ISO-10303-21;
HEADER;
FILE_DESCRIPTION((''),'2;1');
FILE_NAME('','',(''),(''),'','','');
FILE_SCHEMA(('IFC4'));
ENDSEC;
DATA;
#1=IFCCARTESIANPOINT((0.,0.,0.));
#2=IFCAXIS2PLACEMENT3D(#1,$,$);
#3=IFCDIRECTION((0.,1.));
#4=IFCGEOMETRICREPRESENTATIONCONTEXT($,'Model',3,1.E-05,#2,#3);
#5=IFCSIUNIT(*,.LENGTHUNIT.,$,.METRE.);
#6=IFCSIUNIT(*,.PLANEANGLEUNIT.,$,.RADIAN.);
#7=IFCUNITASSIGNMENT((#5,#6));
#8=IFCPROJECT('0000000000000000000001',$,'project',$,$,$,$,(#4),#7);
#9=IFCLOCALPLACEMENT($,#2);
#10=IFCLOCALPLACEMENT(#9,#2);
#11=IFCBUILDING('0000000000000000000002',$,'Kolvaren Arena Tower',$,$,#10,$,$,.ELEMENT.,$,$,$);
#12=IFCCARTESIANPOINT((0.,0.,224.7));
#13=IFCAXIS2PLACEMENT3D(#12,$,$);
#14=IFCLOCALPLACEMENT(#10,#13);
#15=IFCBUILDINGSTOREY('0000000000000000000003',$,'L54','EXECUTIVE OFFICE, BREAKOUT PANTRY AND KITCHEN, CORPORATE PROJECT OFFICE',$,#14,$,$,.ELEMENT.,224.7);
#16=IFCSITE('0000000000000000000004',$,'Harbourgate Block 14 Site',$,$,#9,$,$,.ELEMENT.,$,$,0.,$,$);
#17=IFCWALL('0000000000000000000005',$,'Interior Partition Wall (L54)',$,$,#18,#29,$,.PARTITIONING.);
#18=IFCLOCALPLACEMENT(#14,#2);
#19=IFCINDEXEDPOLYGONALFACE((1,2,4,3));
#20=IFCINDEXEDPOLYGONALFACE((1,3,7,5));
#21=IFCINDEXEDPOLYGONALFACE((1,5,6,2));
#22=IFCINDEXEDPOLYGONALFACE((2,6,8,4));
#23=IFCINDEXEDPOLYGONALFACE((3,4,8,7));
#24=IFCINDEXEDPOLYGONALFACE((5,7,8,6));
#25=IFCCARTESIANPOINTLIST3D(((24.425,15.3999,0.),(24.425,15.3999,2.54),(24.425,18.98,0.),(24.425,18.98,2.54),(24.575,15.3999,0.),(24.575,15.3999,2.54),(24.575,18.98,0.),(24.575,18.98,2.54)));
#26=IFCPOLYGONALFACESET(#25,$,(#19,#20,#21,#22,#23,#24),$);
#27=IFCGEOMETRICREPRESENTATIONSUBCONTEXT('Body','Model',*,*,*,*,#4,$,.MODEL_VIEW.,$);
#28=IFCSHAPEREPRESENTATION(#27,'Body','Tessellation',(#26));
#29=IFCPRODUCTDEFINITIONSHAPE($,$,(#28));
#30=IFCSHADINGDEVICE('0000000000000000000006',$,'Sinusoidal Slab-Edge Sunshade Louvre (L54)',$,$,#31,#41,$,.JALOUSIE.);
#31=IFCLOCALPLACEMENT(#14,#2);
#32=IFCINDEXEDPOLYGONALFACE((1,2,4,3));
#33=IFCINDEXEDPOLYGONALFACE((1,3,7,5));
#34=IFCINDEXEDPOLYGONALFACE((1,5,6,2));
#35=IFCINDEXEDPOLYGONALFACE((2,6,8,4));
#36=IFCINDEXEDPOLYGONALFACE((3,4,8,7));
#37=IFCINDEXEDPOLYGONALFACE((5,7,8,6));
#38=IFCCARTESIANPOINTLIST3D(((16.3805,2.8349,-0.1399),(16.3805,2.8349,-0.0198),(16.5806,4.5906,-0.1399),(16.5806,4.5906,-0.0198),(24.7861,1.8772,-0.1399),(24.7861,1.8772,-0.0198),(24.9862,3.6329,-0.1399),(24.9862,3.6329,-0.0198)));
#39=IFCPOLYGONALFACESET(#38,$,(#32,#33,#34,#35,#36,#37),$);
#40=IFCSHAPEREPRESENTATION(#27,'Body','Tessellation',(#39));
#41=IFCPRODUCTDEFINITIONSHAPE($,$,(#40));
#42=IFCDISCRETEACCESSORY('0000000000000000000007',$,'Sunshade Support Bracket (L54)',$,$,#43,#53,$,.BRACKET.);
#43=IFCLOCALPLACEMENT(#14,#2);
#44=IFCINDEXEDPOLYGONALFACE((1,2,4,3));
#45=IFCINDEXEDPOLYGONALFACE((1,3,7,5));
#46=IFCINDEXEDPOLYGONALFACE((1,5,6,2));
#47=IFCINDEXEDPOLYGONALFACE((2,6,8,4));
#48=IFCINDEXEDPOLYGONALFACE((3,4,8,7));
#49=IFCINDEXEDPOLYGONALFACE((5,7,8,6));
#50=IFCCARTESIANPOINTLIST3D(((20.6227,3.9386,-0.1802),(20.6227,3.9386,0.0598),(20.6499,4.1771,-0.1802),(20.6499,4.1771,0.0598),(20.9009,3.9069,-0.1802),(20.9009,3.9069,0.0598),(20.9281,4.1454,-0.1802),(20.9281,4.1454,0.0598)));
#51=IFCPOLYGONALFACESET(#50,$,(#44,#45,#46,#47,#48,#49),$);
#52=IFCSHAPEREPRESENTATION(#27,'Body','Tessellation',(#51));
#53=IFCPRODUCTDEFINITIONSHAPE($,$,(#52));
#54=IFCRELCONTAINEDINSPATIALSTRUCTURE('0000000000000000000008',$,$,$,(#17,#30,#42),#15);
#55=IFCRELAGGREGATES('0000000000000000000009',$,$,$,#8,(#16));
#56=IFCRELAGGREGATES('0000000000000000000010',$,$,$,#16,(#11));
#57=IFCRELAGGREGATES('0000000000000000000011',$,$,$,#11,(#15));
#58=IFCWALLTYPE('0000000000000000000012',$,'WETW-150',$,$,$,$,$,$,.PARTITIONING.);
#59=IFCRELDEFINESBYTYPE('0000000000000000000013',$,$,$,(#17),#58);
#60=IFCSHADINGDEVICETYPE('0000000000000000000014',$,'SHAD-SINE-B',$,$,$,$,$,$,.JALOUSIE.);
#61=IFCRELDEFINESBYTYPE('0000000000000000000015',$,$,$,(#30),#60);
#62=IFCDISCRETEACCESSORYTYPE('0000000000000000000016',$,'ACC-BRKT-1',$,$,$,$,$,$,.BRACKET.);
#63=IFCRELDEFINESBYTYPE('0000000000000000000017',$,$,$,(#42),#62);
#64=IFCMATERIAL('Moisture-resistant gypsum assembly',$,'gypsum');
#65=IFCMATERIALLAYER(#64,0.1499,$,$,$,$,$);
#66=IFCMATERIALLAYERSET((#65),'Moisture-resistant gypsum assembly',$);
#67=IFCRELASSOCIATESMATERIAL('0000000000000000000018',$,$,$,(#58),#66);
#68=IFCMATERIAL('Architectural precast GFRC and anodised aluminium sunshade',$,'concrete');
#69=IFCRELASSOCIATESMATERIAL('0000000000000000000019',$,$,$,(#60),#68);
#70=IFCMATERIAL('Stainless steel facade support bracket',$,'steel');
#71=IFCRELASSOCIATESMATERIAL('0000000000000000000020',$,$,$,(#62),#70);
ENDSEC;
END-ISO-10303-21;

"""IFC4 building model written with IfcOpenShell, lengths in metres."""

from ifc_helpers import new_model, si_unit, direction, frame, frame_2d, origin, origin_2d, place, context, subcontext, project, spatial, rectangle, extrude, material, layer, layer_set, type_object, element, save


model = new_model("IFC4")

# Units and contexts
model_context = context("Model", 3, precision=1e-05, world=origin(), true_north=direction((0.0, 1.0)))
body_context = subcontext(model_context, "Body", "Model", "MODEL_VIEW")
ifc_project = project(units=[si_unit("LENGTHUNIT", "METRE"), si_unit("PLANEANGLEUNIT", "RADIAN")], contexts=[model_context])

# Site, building, storey
site_placement = place(None, origin())
site = spatial("IfcSite", under=ifc_project, at=site_placement, Name="Harbourgate Block 14 Site", CompositionType="ELEMENT", RefElevation=0.0)
building_placement = place(site_placement, origin())
building = spatial("IfcBuilding", under=site, at=building_placement, Name="Kolvaren Arena Tower", CompositionType="ELEMENT")
storey_placement = place(building_placement, frame((0.0, 0.0, 224.7)))
storey = spatial("IfcBuildingStorey", under=building, at=storey_placement, Name="L54", Description="EXECUTIVE OFFICE, BREAKOUT PANTRY AND KITCHEN, CORPORATE PROJECT OFFICE", CompositionType="ELEMENT", Elevation=224.7)

# Wall
ifc_material_1 = material(Name="Moisture-resistant gypsum assembly", Category="gypsum")
ifc_layer_1 = layer(ifc_material_1, 0.1499)
ifc_layer_set_1 = layer_set([ifc_layer_1], Name="Moisture-resistant gypsum assembly")
wall_type_1 = type_object("IfcWallType", Name="WETW-150", PredefinedType="PARTITIONING", material=ifc_layer_set_1)
for number, where, z_axis, x_axis, name in (
    (1, (24.5, 15.3999, 0.0), (0.0, 0.0, 1.0), (0.0, 1.0, 0.0), "Interior Partition Wall (L54)"),
):
    element("IfcWall", number, at=place(storey_placement, frame(where, z_axis=z_axis, x_axis=x_axis)), inside=storey, type_object=wall_type_1, Name=name, PredefinedType="PARTITIONING", context=body_context, shape_type="SweptSolid", body=[
        extrude(rectangle(XDim=3.5801, YDim=0.1499, at=frame_2d((1.79, 0.0))), origin(), (0.0, 0.0, 1.0), 2.54),
    ])

# Shading device
ifc_material_2 = material(Name="Architectural precast GFRC and anodised aluminium sunshade", Category="concrete")
shading_device_type = type_object("IfcShadingDeviceType", Name="SHAD-SINE-B", PredefinedType="JALOUSIE", material=ifc_material_2)
shading_device_placement = place(storey_placement, frame((20.6833, 3.2339, -0.1399), z_axis=(0.0, 0.0, 1.0), x_axis=(-0.993572, 0.113205, 0.0)))
element("IfcShadingDevice", 2, at=shading_device_placement, inside=storey, type_object=shading_device_type, Name="Sinusoidal Slab-Edge Sunshade Louvre (L54)", PredefinedType="JALOUSIE", context=body_context, shape_type="SweptSolid", body=[
    extrude(rectangle(XDim=8.46, YDim=1.7671, at=origin_2d()), origin(), (0.0, 0.0, 1.0), 0.1201),
])

# Discrete accessory
ifc_material_3 = material(Name="Stainless steel facade support bracket", Category="steel")
discrete_accessory_type = type_object("IfcDiscreteAccessoryType", Name="ACC-BRKT-1", PredefinedType="BRACKET", material=ifc_material_3)
discrete_accessory_placement = place(storey_placement, frame((20.7754, 4.042, -0.1802), z_axis=(0.0, 0.0, 1.0), x_axis=(-0.993572, 0.113205, 0.0)))
element("IfcDiscreteAccessory", 3, at=discrete_accessory_placement, inside=storey, type_object=discrete_accessory_type, Name="Sunshade Support Bracket (L54)", PredefinedType="BRACKET", context=body_context, shape_type="SweptSolid", body=[
    extrude(rectangle(XDim=0.28, YDim=0.24, at=origin_2d()), origin(), (0.0, 0.0, 1.0), 0.24),
])

save(model, "model.ifc")
